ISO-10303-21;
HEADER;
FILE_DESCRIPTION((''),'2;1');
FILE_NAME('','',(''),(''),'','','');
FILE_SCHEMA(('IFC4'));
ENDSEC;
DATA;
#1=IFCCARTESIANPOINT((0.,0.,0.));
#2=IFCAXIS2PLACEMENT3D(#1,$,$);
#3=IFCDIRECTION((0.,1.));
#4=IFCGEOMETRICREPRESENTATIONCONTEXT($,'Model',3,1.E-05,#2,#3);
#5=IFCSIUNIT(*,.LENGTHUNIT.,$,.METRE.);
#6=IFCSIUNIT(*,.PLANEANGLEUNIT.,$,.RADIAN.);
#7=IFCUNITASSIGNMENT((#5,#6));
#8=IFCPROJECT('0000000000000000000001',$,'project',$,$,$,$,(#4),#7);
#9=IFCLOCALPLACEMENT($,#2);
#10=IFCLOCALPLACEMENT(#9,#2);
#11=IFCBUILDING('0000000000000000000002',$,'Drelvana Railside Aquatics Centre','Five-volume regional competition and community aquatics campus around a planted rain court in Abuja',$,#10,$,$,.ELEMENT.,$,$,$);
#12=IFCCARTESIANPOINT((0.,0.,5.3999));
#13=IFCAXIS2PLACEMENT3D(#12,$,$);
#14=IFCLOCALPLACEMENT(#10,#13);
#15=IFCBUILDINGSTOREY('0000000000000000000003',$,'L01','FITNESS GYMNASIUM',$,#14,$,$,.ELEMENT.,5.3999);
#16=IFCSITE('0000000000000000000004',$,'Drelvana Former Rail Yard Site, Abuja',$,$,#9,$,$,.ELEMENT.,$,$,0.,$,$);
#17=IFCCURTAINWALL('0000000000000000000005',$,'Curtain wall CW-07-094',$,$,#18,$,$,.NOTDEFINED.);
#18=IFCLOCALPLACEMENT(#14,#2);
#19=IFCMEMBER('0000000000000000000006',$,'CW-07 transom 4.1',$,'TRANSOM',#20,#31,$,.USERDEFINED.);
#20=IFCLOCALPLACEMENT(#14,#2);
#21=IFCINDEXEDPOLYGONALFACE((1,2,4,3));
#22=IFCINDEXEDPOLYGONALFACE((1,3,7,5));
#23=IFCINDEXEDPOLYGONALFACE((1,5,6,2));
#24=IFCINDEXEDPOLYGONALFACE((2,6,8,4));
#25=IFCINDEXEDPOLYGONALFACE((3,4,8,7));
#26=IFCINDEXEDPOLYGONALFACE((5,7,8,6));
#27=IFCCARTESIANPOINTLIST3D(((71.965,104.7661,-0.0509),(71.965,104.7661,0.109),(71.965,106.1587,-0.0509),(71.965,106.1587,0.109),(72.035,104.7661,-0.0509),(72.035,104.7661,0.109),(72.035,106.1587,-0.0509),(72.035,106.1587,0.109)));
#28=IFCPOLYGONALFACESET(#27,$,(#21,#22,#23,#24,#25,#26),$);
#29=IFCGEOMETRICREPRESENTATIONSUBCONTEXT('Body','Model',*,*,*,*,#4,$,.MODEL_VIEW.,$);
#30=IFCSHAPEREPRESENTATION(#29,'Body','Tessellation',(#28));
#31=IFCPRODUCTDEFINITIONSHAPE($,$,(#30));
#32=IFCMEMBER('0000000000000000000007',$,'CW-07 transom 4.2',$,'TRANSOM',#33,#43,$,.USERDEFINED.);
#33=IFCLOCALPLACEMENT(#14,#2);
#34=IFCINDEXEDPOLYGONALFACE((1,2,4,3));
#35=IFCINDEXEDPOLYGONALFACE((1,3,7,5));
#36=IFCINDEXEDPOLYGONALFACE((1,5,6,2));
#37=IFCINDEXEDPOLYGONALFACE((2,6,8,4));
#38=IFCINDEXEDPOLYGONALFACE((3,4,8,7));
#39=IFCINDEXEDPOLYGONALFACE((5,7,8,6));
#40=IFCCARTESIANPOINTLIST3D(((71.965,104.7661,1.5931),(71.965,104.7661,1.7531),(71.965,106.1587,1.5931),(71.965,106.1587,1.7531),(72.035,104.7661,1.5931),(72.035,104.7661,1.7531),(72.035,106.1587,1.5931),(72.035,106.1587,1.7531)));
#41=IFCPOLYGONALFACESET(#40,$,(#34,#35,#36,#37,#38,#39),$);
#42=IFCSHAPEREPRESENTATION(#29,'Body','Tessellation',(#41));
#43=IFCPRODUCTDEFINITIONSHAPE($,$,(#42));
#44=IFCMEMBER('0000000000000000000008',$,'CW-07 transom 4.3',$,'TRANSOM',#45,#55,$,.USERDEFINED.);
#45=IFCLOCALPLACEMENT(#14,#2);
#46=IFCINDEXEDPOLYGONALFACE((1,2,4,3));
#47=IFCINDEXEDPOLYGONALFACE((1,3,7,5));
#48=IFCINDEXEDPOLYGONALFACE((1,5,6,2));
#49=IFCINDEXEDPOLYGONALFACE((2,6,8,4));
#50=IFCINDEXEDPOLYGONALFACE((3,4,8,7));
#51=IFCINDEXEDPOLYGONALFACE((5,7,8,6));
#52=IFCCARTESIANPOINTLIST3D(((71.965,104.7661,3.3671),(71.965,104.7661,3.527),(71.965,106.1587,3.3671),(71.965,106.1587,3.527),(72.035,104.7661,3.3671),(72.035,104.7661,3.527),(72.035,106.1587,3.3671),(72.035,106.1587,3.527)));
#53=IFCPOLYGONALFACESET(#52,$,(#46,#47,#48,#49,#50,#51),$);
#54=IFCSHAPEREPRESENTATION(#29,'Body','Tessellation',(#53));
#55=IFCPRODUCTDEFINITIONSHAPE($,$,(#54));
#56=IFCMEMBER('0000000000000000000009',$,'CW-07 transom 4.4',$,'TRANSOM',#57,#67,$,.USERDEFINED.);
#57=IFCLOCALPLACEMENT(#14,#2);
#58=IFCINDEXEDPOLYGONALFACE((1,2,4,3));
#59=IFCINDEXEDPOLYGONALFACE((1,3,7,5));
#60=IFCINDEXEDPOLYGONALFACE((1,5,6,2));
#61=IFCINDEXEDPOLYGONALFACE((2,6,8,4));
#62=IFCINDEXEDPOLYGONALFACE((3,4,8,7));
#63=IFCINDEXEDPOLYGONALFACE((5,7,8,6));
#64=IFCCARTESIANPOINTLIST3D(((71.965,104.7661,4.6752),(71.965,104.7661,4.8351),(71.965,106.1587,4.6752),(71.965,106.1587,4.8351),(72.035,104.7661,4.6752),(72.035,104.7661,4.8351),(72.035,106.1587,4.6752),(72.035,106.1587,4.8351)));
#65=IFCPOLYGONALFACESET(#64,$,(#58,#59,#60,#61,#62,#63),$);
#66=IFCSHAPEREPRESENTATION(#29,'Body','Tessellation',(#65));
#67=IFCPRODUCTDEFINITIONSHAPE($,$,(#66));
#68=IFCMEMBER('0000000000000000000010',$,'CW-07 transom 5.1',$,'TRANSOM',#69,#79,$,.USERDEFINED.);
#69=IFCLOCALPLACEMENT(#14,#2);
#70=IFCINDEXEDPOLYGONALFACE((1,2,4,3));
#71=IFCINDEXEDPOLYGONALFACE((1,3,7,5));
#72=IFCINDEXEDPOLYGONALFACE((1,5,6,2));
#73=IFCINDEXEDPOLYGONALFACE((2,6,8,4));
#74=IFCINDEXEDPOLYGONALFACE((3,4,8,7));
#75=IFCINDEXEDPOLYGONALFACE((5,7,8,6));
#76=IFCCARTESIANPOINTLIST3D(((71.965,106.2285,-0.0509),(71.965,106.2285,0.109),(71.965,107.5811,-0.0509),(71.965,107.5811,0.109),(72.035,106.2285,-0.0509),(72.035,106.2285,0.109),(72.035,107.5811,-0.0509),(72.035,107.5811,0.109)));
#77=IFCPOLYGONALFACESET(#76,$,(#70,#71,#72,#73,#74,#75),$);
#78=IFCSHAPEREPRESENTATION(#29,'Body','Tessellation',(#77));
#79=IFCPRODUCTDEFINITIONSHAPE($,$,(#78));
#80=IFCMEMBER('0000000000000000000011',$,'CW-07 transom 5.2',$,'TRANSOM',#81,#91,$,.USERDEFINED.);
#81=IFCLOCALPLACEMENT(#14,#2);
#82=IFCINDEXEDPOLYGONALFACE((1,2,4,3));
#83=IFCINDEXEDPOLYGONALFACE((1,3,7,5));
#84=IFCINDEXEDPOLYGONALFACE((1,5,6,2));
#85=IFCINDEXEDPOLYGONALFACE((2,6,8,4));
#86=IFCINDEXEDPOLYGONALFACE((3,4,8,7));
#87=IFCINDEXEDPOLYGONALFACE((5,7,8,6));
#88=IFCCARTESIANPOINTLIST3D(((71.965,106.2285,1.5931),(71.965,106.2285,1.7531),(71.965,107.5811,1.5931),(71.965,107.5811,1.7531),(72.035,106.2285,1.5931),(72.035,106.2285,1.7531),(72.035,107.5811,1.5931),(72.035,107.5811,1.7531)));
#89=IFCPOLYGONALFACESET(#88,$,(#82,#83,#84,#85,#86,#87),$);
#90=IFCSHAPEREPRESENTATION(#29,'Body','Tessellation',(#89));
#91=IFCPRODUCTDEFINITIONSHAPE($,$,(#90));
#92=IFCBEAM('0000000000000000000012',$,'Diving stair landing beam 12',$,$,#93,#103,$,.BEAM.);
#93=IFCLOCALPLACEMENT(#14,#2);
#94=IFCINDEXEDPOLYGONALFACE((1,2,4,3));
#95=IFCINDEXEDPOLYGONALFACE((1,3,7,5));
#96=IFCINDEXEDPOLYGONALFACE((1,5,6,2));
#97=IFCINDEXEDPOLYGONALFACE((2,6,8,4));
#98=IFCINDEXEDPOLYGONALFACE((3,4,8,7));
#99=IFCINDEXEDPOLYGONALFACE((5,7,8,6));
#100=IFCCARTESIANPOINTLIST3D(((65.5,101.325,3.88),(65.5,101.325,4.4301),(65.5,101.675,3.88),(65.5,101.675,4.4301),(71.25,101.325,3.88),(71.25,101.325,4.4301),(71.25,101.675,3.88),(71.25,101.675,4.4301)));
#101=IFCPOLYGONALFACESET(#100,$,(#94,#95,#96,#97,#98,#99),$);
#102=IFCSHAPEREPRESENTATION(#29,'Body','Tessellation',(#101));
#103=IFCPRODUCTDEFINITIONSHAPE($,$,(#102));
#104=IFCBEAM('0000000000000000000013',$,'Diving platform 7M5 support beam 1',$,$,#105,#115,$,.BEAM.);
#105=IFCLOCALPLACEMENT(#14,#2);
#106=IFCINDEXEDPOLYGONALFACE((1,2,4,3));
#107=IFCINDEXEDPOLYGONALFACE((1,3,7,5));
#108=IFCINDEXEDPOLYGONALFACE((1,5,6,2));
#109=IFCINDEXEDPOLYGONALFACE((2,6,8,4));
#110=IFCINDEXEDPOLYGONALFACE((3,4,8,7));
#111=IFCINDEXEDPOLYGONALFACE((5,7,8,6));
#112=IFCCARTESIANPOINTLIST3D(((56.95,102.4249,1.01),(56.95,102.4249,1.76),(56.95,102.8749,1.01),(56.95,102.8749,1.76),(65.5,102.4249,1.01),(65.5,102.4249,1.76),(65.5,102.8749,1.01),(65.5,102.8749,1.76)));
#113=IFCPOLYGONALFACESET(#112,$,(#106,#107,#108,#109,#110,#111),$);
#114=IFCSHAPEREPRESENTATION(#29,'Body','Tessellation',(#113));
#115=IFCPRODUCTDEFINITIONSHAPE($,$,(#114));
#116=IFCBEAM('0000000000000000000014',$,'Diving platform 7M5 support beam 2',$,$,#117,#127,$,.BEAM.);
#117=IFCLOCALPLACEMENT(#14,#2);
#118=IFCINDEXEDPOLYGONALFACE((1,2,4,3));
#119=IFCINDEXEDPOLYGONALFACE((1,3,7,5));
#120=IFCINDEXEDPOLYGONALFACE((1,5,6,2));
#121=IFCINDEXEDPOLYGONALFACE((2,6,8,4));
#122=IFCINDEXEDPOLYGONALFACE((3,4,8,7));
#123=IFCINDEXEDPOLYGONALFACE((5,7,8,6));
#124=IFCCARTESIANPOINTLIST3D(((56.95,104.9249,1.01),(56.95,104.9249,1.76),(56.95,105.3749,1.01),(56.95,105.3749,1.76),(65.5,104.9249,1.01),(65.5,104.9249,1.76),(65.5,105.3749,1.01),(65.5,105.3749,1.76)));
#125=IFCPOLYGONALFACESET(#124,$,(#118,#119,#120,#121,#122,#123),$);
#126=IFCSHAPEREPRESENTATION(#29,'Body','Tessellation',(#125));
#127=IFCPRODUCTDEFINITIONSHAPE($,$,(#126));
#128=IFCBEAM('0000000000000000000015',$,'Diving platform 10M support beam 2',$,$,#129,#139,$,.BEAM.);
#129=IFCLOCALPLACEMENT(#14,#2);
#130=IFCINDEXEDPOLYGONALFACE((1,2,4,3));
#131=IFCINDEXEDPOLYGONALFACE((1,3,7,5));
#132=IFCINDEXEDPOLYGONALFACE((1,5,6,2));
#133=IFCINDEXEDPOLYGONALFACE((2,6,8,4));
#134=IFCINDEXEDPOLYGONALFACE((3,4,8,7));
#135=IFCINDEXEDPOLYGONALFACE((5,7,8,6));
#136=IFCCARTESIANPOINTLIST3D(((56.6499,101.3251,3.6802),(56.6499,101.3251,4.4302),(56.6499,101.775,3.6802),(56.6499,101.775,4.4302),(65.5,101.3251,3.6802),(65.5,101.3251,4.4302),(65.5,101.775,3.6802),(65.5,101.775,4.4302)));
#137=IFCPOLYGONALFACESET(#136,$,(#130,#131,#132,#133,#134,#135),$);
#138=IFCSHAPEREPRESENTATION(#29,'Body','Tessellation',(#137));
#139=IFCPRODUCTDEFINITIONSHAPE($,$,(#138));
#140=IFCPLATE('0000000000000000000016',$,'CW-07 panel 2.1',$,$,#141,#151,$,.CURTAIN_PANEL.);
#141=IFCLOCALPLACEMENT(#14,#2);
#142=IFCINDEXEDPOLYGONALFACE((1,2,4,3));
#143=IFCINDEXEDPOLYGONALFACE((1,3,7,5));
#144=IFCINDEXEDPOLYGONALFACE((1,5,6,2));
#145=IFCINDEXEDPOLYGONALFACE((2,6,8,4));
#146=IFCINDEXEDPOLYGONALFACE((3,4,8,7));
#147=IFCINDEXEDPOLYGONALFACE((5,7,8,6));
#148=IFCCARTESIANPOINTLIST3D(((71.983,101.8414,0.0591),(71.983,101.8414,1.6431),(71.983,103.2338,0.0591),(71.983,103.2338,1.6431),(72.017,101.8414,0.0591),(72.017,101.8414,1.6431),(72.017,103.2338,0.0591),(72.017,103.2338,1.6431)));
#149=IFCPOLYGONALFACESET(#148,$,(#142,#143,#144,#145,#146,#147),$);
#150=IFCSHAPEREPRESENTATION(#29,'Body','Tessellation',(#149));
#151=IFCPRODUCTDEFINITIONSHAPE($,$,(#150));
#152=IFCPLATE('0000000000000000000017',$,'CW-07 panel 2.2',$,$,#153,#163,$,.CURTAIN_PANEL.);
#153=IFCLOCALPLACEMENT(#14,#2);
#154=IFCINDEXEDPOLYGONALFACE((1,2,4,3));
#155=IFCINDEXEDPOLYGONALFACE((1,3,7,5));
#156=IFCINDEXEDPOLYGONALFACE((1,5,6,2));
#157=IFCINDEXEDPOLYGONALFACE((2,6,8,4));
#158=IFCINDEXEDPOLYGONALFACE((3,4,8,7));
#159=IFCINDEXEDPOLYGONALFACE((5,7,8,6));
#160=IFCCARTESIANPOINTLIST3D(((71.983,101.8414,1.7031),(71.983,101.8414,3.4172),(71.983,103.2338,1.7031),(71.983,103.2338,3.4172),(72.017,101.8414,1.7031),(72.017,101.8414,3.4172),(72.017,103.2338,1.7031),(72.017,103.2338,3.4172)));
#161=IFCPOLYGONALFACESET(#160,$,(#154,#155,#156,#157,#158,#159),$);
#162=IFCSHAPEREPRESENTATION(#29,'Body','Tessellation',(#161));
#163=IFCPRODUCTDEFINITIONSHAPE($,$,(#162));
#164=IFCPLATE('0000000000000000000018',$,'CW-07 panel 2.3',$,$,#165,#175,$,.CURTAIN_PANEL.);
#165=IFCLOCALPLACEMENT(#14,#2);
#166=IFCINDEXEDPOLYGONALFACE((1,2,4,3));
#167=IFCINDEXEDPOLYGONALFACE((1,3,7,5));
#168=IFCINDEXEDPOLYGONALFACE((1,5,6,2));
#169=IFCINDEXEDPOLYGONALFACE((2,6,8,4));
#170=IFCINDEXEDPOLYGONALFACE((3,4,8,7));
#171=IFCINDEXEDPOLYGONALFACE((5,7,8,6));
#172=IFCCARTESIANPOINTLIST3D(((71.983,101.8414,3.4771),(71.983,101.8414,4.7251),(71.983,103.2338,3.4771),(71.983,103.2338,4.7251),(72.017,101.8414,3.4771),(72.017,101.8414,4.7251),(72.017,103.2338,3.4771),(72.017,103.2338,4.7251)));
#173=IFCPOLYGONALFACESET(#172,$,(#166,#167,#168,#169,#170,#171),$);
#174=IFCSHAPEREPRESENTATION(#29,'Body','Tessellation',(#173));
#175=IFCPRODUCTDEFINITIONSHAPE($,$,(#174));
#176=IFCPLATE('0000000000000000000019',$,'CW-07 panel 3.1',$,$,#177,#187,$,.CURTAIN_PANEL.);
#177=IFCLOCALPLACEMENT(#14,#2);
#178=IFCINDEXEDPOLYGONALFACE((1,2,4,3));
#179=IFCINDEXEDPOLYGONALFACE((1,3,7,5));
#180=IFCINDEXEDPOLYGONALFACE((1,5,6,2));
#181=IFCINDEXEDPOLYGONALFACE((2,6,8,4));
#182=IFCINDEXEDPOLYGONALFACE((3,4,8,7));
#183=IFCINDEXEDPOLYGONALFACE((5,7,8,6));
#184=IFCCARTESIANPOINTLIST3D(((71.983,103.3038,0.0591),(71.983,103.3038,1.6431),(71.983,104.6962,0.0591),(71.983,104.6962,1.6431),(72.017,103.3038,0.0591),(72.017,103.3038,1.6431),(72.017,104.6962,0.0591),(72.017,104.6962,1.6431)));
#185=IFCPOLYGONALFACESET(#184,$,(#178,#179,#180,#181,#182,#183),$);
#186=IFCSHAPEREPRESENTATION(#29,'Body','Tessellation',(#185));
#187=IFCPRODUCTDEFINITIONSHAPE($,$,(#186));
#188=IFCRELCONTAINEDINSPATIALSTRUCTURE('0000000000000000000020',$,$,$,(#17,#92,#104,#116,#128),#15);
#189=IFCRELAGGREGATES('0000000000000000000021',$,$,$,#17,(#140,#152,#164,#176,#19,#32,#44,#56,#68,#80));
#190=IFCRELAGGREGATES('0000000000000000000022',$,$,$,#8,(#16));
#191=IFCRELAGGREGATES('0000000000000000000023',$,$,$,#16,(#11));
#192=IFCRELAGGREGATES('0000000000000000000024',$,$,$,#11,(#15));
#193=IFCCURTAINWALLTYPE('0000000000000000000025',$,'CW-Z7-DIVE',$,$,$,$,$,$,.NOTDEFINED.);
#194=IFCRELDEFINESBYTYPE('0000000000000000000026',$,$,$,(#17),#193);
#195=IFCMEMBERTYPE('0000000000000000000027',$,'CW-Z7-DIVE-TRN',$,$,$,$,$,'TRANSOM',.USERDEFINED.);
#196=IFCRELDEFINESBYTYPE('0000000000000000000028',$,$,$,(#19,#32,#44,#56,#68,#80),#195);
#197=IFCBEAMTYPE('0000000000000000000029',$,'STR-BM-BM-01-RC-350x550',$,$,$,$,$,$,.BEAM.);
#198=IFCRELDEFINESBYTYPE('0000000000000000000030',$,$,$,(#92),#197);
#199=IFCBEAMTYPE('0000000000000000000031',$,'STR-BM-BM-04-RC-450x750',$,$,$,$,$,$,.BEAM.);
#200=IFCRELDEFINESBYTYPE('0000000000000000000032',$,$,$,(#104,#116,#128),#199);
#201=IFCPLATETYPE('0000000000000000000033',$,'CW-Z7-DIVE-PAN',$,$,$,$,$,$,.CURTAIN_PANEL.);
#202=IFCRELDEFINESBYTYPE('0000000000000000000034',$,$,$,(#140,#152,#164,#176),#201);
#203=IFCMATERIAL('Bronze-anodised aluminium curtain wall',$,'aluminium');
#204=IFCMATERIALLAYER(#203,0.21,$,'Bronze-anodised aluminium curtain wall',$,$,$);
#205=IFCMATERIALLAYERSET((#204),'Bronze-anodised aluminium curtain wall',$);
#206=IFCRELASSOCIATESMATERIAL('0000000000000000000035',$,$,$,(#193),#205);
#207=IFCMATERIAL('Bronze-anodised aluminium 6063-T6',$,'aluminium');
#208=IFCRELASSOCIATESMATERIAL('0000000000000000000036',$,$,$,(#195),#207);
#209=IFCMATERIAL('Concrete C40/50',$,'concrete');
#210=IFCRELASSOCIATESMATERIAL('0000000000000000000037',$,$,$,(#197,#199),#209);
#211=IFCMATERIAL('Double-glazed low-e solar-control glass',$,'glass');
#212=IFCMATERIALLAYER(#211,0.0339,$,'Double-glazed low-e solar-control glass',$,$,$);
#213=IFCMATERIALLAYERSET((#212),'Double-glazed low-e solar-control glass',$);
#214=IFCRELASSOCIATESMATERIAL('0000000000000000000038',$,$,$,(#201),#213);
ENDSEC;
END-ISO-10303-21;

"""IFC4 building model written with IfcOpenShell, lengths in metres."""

from ifc_helpers import new_model, si_unit, direction, frame, origin, origin_2d, place, context, subcontext, project, spatial, rectangle, extrude, material, layer, layer_set, material_profile, profile_set, type_object, element, aggregate, save


model = new_model("IFC4")

# Units and contexts
model_context = context("Model", 3, precision=1e-05, world=origin(), true_north=direction((0.0, 1.0)))
body_context = subcontext(model_context, "Body", "Model", "MODEL_VIEW")
ifc_project = project(units=[si_unit("LENGTHUNIT", "METRE"), si_unit("PLANEANGLEUNIT", "RADIAN")], contexts=[model_context])

# Site, building, storey
site_placement = place(None, origin())
site = spatial("IfcSite", under=ifc_project, at=site_placement, Name="Drelvana Former Rail Yard Site, Abuja", CompositionType="ELEMENT", RefElevation=0.0)
building_placement = place(site_placement, origin())
building = spatial("IfcBuilding", under=site, at=building_placement, Name="Drelvana Railside Aquatics Centre", Description="Five-volume regional competition and community aquatics campus around a planted rain court in Abuja", CompositionType="ELEMENT")
storey_placement = place(building_placement, frame((0.0, 0.0, 5.3999)))
storey = spatial("IfcBuildingStorey", under=building, at=storey_placement, Name="L01", Description="FITNESS GYMNASIUM", CompositionType="ELEMENT", Elevation=5.3999)

# Shared definitions
ifc_material_1 = material(Name="Concrete C40/50", Category="concrete")

# Curtain wall, members
ifc_material_2 = material(Name="Bronze-anodised aluminium curtain wall", Category="aluminium")
ifc_layer_1 = layer(ifc_material_2, 0.21, Name="Bronze-anodised aluminium curtain wall")
ifc_layer_set_1 = layer_set([ifc_layer_1], Name="Bronze-anodised aluminium curtain wall")
curtain_wall_type = type_object("IfcCurtainWallType", Name="CW-Z7-DIVE", PredefinedType="NOTDEFINED", material=ifc_layer_set_1)
curtain_wall_placement = place(storey_placement, origin())
curtain_wall = element("IfcCurtainWall", 1, at=curtain_wall_placement, inside=storey, type_object=curtain_wall_type, Name="Curtain wall CW-07-094", PredefinedType="NOTDEFINED")
ifc_material_3 = material(Name="Bronze-anodised aluminium 6063-T6", Category="aluminium")
ifc_material_profile_1 = material_profile(ifc_material_3, rectangle(XDim=0.1599, YDim=0.0701, at=origin_2d()), Name="ALU-T 70x160")
ifc_profile_set_1 = profile_set([ifc_material_profile_1], Name="Bronze-anodised aluminium 6063-T6")
member_type_1 = type_object("IfcMemberType", Name="CW-Z7-DIVE-TRN", ElementType="TRANSOM", PredefinedType="USERDEFINED", material=ifc_profile_set_1)
member_1_placement = place(storey_placement, frame((72.0, 104.7661, 0.0291), z_axis=(0.0, 1.0, 0.0), x_axis=(0.0, 0.0, 1.0)))
member_1 = element("IfcMember", 2, at=member_1_placement, type_object=member_type_1, Name="CW-07 transom 4.1", ObjectType="TRANSOM", PredefinedType="USERDEFINED", context=body_context, shape_type="SweptSolid", body=[
    extrude(rectangle(XDim=0.1599, YDim=0.0701, at=origin_2d()), origin(), (0.0, 0.0, 1.0), 1.3926),
])
member_2_placement = place(storey_placement, frame((72.0, 104.7661, 1.6731), z_axis=(0.0, 1.0, 0.0), x_axis=(0.0, 0.0, 1.0)))
member_2 = element("IfcMember", 3, at=member_2_placement, type_object=member_type_1, Name="CW-07 transom 4.2", ObjectType="TRANSOM", PredefinedType="USERDEFINED", context=body_context, shape_type="SweptSolid", body=[
    extrude(rectangle(XDim=0.1599, YDim=0.0701, at=origin_2d()), origin(), (0.0, 0.0, 1.0), 1.3926),
])
member_3_placement = place(storey_placement, frame((72.0, 104.7661, 3.447), z_axis=(0.0, 1.0, 0.0), x_axis=(0.0, 0.0, 1.0)))
member_3 = element("IfcMember", 4, at=member_3_placement, type_object=member_type_1, Name="CW-07 transom 4.3", ObjectType="TRANSOM", PredefinedType="USERDEFINED", context=body_context, shape_type="SweptSolid", body=[
    extrude(rectangle(XDim=0.1599, YDim=0.0701, at=origin_2d()), origin(), (0.0, 0.0, 1.0), 1.3926),
])
member_4_placement = place(storey_placement, frame((72.0, 104.7661, 4.7551), z_axis=(0.0, 1.0, 0.0), x_axis=(0.0, 0.0, 1.0)))
member_4 = element("IfcMember", 5, at=member_4_placement, type_object=member_type_1, Name="CW-07 transom 4.4", ObjectType="TRANSOM", PredefinedType="USERDEFINED", context=body_context, shape_type="SweptSolid", body=[
    extrude(rectangle(XDim=0.1599, YDim=0.0701, at=origin_2d()), origin(), (0.0, 0.0, 1.0), 1.3926),
])
member_5_placement = place(storey_placement, frame((72.0, 106.2285, 0.0291), z_axis=(0.0, 1.0, 0.0), x_axis=(0.0, 0.0, 1.0)))
member_5 = element("IfcMember", 6, at=member_5_placement, type_object=member_type_1, Name="CW-07 transom 5.1", ObjectType="TRANSOM", PredefinedType="USERDEFINED", context=body_context, shape_type="SweptSolid", body=[
    extrude(rectangle(XDim=0.1599, YDim=0.0701, at=origin_2d()), origin(), (0.0, 0.0, 1.0), 1.3525),
])
member_6_placement = place(storey_placement, frame((72.0, 106.2285, 1.6731), z_axis=(0.0, 1.0, 0.0), x_axis=(0.0, 0.0, 1.0)))
member_6 = element("IfcMember", 7, at=member_6_placement, type_object=member_type_1, Name="CW-07 transom 5.2", ObjectType="TRANSOM", PredefinedType="USERDEFINED", context=body_context, shape_type="SweptSolid", body=[
    extrude(rectangle(XDim=0.1599, YDim=0.0701, at=origin_2d()), origin(), (0.0, 0.0, 1.0), 1.3525),
])

# Beams
ifc_material_profile_2 = material_profile(ifc_material_1, rectangle(XDim=0.3501, YDim=0.55, at=origin_2d()), Name="RC 350x550")
ifc_profile_set_2 = profile_set([ifc_material_profile_2], Name="Concrete C40/50")
beam_type_1 = type_object("IfcBeamType", Name="STR-BM-BM-01-RC-350x550", PredefinedType="BEAM", material=ifc_profile_set_2)
beam_1_placement = place(storey_placement, frame((65.5, 101.5, 4.155), z_axis=(1.0, 0.0, 0.0), x_axis=(0.0, 1.0, 0.0)))
element("IfcBeam", 8, at=beam_1_placement, inside=storey, type_object=beam_type_1, Name="Diving stair landing beam 12", PredefinedType="BEAM", context=body_context, shape_type="SweptSolid", body=[
    extrude(rectangle(XDim=0.3501, YDim=0.55, at=origin_2d()), origin(), (0.0, 0.0, 1.0), 5.75),
])
ifc_material_profile_3 = material_profile(ifc_material_1, rectangle(XDim=0.45, YDim=0.75, at=origin_2d()), Name="RC 450x750")
ifc_profile_set_3 = profile_set([ifc_material_profile_3], Name="Concrete C40/50")
beam_type_2 = type_object("IfcBeamType", Name="STR-BM-BM-04-RC-450x750", PredefinedType="BEAM", material=ifc_profile_set_3)
for number, where, z_axis, x_axis, name in (
    (9, (65.5, 102.6499, 1.385), (-1.0, 0.0, 0.0), (0.0, -1.0, 0.0), "Diving platform 7M5 support beam 1"),
    (10, (65.5, 105.1499, 1.385), (-1.0, 0.0, 0.0), (0.0, -1.0, 0.0), "Diving platform 7M5 support beam 2"),
):
    element("IfcBeam", number, at=place(storey_placement, frame(where, z_axis=z_axis, x_axis=x_axis)), inside=storey, type_object=beam_type_2, Name=name, PredefinedType="BEAM", context=body_context, shape_type="SweptSolid", body=[
        extrude(rectangle(XDim=0.45, YDim=0.75, at=origin_2d()), origin(), (0.0, 0.0, 1.0), 8.55),
    ])
beam_2_placement = place(storey_placement, frame((65.5, 101.55, 4.0552), z_axis=(-1.0, 0.0, 0.0), x_axis=(0.0, -1.0, 0.0)))
element("IfcBeam", 11, at=beam_2_placement, inside=storey, type_object=beam_type_2, Name="Diving platform 10M support beam 2", PredefinedType="BEAM", context=body_context, shape_type="SweptSolid", body=[
    extrude(rectangle(XDim=0.45, YDim=0.75, at=origin_2d()), origin(), (0.0, 0.0, 1.0), 8.8501),
])

# Plates
ifc_material_4 = material(Name="Double-glazed low-e solar-control glass", Category="glass")
ifc_layer_2 = layer(ifc_material_4, 0.0339, Name="Double-glazed low-e solar-control glass")
ifc_layer_set_2 = layer_set([ifc_layer_2], Name="Double-glazed low-e solar-control glass")
plate_type = type_object("IfcPlateType", Name="CW-Z7-DIVE-PAN", PredefinedType="CURTAIN_PANEL", material=ifc_layer_set_2)
plate_1_placement = place(storey_placement, frame((72.0, 102.5376, 0.0591), z_axis=(0.0, 0.0, 1.0), x_axis=(0.0, 1.0, 0.0)))
plate_1 = element("IfcPlate", 12, at=plate_1_placement, type_object=plate_type, Name="CW-07 panel 2.1", PredefinedType="CURTAIN_PANEL", context=body_context, shape_type="SweptSolid", body=[
    extrude(rectangle(XDim=1.3923, YDim=0.0339, at=origin_2d()), origin(), (0.0, 0.0, 1.0), 1.584),
])
plate_2_placement = place(storey_placement, frame((72.0, 102.5376, 1.7031), z_axis=(0.0, 0.0, 1.0), x_axis=(0.0, 1.0, 0.0)))
plate_2 = element("IfcPlate", 13, at=plate_2_placement, type_object=plate_type, Name="CW-07 panel 2.2", PredefinedType="CURTAIN_PANEL", context=body_context, shape_type="SweptSolid", body=[
    extrude(rectangle(XDim=1.3923, YDim=0.0339, at=origin_2d()), origin(), (0.0, 0.0, 1.0), 1.7141),
])
plate_3_placement = place(storey_placement, frame((72.0, 102.5376, 3.4771), z_axis=(0.0, 0.0, 1.0), x_axis=(0.0, 1.0, 0.0)))
plate_3 = element("IfcPlate", 14, at=plate_3_placement, type_object=plate_type, Name="CW-07 panel 2.3", PredefinedType="CURTAIN_PANEL", context=body_context, shape_type="SweptSolid", body=[
    extrude(rectangle(XDim=1.3923, YDim=0.0339, at=origin_2d()), origin(), (0.0, 0.0, 1.0), 1.248),
])
plate_4_placement = place(storey_placement, frame((72.0, 104.0, 0.0591), z_axis=(0.0, 0.0, 1.0), x_axis=(0.0, 1.0, 0.0)))
plate_4 = element("IfcPlate", 15, at=plate_4_placement, type_object=plate_type, Name="CW-07 panel 3.1", PredefinedType="CURTAIN_PANEL", context=body_context, shape_type="SweptSolid", body=[
    extrude(rectangle(XDim=1.3923, YDim=0.0339, at=origin_2d()), origin(), (0.0, 0.0, 1.0), 1.584),
])
aggregate(curtain_wall, [plate_1, plate_2, plate_3, plate_4, member_1, member_2, member_3, member_4, member_5, member_6])

save(model, "model.ifc")
